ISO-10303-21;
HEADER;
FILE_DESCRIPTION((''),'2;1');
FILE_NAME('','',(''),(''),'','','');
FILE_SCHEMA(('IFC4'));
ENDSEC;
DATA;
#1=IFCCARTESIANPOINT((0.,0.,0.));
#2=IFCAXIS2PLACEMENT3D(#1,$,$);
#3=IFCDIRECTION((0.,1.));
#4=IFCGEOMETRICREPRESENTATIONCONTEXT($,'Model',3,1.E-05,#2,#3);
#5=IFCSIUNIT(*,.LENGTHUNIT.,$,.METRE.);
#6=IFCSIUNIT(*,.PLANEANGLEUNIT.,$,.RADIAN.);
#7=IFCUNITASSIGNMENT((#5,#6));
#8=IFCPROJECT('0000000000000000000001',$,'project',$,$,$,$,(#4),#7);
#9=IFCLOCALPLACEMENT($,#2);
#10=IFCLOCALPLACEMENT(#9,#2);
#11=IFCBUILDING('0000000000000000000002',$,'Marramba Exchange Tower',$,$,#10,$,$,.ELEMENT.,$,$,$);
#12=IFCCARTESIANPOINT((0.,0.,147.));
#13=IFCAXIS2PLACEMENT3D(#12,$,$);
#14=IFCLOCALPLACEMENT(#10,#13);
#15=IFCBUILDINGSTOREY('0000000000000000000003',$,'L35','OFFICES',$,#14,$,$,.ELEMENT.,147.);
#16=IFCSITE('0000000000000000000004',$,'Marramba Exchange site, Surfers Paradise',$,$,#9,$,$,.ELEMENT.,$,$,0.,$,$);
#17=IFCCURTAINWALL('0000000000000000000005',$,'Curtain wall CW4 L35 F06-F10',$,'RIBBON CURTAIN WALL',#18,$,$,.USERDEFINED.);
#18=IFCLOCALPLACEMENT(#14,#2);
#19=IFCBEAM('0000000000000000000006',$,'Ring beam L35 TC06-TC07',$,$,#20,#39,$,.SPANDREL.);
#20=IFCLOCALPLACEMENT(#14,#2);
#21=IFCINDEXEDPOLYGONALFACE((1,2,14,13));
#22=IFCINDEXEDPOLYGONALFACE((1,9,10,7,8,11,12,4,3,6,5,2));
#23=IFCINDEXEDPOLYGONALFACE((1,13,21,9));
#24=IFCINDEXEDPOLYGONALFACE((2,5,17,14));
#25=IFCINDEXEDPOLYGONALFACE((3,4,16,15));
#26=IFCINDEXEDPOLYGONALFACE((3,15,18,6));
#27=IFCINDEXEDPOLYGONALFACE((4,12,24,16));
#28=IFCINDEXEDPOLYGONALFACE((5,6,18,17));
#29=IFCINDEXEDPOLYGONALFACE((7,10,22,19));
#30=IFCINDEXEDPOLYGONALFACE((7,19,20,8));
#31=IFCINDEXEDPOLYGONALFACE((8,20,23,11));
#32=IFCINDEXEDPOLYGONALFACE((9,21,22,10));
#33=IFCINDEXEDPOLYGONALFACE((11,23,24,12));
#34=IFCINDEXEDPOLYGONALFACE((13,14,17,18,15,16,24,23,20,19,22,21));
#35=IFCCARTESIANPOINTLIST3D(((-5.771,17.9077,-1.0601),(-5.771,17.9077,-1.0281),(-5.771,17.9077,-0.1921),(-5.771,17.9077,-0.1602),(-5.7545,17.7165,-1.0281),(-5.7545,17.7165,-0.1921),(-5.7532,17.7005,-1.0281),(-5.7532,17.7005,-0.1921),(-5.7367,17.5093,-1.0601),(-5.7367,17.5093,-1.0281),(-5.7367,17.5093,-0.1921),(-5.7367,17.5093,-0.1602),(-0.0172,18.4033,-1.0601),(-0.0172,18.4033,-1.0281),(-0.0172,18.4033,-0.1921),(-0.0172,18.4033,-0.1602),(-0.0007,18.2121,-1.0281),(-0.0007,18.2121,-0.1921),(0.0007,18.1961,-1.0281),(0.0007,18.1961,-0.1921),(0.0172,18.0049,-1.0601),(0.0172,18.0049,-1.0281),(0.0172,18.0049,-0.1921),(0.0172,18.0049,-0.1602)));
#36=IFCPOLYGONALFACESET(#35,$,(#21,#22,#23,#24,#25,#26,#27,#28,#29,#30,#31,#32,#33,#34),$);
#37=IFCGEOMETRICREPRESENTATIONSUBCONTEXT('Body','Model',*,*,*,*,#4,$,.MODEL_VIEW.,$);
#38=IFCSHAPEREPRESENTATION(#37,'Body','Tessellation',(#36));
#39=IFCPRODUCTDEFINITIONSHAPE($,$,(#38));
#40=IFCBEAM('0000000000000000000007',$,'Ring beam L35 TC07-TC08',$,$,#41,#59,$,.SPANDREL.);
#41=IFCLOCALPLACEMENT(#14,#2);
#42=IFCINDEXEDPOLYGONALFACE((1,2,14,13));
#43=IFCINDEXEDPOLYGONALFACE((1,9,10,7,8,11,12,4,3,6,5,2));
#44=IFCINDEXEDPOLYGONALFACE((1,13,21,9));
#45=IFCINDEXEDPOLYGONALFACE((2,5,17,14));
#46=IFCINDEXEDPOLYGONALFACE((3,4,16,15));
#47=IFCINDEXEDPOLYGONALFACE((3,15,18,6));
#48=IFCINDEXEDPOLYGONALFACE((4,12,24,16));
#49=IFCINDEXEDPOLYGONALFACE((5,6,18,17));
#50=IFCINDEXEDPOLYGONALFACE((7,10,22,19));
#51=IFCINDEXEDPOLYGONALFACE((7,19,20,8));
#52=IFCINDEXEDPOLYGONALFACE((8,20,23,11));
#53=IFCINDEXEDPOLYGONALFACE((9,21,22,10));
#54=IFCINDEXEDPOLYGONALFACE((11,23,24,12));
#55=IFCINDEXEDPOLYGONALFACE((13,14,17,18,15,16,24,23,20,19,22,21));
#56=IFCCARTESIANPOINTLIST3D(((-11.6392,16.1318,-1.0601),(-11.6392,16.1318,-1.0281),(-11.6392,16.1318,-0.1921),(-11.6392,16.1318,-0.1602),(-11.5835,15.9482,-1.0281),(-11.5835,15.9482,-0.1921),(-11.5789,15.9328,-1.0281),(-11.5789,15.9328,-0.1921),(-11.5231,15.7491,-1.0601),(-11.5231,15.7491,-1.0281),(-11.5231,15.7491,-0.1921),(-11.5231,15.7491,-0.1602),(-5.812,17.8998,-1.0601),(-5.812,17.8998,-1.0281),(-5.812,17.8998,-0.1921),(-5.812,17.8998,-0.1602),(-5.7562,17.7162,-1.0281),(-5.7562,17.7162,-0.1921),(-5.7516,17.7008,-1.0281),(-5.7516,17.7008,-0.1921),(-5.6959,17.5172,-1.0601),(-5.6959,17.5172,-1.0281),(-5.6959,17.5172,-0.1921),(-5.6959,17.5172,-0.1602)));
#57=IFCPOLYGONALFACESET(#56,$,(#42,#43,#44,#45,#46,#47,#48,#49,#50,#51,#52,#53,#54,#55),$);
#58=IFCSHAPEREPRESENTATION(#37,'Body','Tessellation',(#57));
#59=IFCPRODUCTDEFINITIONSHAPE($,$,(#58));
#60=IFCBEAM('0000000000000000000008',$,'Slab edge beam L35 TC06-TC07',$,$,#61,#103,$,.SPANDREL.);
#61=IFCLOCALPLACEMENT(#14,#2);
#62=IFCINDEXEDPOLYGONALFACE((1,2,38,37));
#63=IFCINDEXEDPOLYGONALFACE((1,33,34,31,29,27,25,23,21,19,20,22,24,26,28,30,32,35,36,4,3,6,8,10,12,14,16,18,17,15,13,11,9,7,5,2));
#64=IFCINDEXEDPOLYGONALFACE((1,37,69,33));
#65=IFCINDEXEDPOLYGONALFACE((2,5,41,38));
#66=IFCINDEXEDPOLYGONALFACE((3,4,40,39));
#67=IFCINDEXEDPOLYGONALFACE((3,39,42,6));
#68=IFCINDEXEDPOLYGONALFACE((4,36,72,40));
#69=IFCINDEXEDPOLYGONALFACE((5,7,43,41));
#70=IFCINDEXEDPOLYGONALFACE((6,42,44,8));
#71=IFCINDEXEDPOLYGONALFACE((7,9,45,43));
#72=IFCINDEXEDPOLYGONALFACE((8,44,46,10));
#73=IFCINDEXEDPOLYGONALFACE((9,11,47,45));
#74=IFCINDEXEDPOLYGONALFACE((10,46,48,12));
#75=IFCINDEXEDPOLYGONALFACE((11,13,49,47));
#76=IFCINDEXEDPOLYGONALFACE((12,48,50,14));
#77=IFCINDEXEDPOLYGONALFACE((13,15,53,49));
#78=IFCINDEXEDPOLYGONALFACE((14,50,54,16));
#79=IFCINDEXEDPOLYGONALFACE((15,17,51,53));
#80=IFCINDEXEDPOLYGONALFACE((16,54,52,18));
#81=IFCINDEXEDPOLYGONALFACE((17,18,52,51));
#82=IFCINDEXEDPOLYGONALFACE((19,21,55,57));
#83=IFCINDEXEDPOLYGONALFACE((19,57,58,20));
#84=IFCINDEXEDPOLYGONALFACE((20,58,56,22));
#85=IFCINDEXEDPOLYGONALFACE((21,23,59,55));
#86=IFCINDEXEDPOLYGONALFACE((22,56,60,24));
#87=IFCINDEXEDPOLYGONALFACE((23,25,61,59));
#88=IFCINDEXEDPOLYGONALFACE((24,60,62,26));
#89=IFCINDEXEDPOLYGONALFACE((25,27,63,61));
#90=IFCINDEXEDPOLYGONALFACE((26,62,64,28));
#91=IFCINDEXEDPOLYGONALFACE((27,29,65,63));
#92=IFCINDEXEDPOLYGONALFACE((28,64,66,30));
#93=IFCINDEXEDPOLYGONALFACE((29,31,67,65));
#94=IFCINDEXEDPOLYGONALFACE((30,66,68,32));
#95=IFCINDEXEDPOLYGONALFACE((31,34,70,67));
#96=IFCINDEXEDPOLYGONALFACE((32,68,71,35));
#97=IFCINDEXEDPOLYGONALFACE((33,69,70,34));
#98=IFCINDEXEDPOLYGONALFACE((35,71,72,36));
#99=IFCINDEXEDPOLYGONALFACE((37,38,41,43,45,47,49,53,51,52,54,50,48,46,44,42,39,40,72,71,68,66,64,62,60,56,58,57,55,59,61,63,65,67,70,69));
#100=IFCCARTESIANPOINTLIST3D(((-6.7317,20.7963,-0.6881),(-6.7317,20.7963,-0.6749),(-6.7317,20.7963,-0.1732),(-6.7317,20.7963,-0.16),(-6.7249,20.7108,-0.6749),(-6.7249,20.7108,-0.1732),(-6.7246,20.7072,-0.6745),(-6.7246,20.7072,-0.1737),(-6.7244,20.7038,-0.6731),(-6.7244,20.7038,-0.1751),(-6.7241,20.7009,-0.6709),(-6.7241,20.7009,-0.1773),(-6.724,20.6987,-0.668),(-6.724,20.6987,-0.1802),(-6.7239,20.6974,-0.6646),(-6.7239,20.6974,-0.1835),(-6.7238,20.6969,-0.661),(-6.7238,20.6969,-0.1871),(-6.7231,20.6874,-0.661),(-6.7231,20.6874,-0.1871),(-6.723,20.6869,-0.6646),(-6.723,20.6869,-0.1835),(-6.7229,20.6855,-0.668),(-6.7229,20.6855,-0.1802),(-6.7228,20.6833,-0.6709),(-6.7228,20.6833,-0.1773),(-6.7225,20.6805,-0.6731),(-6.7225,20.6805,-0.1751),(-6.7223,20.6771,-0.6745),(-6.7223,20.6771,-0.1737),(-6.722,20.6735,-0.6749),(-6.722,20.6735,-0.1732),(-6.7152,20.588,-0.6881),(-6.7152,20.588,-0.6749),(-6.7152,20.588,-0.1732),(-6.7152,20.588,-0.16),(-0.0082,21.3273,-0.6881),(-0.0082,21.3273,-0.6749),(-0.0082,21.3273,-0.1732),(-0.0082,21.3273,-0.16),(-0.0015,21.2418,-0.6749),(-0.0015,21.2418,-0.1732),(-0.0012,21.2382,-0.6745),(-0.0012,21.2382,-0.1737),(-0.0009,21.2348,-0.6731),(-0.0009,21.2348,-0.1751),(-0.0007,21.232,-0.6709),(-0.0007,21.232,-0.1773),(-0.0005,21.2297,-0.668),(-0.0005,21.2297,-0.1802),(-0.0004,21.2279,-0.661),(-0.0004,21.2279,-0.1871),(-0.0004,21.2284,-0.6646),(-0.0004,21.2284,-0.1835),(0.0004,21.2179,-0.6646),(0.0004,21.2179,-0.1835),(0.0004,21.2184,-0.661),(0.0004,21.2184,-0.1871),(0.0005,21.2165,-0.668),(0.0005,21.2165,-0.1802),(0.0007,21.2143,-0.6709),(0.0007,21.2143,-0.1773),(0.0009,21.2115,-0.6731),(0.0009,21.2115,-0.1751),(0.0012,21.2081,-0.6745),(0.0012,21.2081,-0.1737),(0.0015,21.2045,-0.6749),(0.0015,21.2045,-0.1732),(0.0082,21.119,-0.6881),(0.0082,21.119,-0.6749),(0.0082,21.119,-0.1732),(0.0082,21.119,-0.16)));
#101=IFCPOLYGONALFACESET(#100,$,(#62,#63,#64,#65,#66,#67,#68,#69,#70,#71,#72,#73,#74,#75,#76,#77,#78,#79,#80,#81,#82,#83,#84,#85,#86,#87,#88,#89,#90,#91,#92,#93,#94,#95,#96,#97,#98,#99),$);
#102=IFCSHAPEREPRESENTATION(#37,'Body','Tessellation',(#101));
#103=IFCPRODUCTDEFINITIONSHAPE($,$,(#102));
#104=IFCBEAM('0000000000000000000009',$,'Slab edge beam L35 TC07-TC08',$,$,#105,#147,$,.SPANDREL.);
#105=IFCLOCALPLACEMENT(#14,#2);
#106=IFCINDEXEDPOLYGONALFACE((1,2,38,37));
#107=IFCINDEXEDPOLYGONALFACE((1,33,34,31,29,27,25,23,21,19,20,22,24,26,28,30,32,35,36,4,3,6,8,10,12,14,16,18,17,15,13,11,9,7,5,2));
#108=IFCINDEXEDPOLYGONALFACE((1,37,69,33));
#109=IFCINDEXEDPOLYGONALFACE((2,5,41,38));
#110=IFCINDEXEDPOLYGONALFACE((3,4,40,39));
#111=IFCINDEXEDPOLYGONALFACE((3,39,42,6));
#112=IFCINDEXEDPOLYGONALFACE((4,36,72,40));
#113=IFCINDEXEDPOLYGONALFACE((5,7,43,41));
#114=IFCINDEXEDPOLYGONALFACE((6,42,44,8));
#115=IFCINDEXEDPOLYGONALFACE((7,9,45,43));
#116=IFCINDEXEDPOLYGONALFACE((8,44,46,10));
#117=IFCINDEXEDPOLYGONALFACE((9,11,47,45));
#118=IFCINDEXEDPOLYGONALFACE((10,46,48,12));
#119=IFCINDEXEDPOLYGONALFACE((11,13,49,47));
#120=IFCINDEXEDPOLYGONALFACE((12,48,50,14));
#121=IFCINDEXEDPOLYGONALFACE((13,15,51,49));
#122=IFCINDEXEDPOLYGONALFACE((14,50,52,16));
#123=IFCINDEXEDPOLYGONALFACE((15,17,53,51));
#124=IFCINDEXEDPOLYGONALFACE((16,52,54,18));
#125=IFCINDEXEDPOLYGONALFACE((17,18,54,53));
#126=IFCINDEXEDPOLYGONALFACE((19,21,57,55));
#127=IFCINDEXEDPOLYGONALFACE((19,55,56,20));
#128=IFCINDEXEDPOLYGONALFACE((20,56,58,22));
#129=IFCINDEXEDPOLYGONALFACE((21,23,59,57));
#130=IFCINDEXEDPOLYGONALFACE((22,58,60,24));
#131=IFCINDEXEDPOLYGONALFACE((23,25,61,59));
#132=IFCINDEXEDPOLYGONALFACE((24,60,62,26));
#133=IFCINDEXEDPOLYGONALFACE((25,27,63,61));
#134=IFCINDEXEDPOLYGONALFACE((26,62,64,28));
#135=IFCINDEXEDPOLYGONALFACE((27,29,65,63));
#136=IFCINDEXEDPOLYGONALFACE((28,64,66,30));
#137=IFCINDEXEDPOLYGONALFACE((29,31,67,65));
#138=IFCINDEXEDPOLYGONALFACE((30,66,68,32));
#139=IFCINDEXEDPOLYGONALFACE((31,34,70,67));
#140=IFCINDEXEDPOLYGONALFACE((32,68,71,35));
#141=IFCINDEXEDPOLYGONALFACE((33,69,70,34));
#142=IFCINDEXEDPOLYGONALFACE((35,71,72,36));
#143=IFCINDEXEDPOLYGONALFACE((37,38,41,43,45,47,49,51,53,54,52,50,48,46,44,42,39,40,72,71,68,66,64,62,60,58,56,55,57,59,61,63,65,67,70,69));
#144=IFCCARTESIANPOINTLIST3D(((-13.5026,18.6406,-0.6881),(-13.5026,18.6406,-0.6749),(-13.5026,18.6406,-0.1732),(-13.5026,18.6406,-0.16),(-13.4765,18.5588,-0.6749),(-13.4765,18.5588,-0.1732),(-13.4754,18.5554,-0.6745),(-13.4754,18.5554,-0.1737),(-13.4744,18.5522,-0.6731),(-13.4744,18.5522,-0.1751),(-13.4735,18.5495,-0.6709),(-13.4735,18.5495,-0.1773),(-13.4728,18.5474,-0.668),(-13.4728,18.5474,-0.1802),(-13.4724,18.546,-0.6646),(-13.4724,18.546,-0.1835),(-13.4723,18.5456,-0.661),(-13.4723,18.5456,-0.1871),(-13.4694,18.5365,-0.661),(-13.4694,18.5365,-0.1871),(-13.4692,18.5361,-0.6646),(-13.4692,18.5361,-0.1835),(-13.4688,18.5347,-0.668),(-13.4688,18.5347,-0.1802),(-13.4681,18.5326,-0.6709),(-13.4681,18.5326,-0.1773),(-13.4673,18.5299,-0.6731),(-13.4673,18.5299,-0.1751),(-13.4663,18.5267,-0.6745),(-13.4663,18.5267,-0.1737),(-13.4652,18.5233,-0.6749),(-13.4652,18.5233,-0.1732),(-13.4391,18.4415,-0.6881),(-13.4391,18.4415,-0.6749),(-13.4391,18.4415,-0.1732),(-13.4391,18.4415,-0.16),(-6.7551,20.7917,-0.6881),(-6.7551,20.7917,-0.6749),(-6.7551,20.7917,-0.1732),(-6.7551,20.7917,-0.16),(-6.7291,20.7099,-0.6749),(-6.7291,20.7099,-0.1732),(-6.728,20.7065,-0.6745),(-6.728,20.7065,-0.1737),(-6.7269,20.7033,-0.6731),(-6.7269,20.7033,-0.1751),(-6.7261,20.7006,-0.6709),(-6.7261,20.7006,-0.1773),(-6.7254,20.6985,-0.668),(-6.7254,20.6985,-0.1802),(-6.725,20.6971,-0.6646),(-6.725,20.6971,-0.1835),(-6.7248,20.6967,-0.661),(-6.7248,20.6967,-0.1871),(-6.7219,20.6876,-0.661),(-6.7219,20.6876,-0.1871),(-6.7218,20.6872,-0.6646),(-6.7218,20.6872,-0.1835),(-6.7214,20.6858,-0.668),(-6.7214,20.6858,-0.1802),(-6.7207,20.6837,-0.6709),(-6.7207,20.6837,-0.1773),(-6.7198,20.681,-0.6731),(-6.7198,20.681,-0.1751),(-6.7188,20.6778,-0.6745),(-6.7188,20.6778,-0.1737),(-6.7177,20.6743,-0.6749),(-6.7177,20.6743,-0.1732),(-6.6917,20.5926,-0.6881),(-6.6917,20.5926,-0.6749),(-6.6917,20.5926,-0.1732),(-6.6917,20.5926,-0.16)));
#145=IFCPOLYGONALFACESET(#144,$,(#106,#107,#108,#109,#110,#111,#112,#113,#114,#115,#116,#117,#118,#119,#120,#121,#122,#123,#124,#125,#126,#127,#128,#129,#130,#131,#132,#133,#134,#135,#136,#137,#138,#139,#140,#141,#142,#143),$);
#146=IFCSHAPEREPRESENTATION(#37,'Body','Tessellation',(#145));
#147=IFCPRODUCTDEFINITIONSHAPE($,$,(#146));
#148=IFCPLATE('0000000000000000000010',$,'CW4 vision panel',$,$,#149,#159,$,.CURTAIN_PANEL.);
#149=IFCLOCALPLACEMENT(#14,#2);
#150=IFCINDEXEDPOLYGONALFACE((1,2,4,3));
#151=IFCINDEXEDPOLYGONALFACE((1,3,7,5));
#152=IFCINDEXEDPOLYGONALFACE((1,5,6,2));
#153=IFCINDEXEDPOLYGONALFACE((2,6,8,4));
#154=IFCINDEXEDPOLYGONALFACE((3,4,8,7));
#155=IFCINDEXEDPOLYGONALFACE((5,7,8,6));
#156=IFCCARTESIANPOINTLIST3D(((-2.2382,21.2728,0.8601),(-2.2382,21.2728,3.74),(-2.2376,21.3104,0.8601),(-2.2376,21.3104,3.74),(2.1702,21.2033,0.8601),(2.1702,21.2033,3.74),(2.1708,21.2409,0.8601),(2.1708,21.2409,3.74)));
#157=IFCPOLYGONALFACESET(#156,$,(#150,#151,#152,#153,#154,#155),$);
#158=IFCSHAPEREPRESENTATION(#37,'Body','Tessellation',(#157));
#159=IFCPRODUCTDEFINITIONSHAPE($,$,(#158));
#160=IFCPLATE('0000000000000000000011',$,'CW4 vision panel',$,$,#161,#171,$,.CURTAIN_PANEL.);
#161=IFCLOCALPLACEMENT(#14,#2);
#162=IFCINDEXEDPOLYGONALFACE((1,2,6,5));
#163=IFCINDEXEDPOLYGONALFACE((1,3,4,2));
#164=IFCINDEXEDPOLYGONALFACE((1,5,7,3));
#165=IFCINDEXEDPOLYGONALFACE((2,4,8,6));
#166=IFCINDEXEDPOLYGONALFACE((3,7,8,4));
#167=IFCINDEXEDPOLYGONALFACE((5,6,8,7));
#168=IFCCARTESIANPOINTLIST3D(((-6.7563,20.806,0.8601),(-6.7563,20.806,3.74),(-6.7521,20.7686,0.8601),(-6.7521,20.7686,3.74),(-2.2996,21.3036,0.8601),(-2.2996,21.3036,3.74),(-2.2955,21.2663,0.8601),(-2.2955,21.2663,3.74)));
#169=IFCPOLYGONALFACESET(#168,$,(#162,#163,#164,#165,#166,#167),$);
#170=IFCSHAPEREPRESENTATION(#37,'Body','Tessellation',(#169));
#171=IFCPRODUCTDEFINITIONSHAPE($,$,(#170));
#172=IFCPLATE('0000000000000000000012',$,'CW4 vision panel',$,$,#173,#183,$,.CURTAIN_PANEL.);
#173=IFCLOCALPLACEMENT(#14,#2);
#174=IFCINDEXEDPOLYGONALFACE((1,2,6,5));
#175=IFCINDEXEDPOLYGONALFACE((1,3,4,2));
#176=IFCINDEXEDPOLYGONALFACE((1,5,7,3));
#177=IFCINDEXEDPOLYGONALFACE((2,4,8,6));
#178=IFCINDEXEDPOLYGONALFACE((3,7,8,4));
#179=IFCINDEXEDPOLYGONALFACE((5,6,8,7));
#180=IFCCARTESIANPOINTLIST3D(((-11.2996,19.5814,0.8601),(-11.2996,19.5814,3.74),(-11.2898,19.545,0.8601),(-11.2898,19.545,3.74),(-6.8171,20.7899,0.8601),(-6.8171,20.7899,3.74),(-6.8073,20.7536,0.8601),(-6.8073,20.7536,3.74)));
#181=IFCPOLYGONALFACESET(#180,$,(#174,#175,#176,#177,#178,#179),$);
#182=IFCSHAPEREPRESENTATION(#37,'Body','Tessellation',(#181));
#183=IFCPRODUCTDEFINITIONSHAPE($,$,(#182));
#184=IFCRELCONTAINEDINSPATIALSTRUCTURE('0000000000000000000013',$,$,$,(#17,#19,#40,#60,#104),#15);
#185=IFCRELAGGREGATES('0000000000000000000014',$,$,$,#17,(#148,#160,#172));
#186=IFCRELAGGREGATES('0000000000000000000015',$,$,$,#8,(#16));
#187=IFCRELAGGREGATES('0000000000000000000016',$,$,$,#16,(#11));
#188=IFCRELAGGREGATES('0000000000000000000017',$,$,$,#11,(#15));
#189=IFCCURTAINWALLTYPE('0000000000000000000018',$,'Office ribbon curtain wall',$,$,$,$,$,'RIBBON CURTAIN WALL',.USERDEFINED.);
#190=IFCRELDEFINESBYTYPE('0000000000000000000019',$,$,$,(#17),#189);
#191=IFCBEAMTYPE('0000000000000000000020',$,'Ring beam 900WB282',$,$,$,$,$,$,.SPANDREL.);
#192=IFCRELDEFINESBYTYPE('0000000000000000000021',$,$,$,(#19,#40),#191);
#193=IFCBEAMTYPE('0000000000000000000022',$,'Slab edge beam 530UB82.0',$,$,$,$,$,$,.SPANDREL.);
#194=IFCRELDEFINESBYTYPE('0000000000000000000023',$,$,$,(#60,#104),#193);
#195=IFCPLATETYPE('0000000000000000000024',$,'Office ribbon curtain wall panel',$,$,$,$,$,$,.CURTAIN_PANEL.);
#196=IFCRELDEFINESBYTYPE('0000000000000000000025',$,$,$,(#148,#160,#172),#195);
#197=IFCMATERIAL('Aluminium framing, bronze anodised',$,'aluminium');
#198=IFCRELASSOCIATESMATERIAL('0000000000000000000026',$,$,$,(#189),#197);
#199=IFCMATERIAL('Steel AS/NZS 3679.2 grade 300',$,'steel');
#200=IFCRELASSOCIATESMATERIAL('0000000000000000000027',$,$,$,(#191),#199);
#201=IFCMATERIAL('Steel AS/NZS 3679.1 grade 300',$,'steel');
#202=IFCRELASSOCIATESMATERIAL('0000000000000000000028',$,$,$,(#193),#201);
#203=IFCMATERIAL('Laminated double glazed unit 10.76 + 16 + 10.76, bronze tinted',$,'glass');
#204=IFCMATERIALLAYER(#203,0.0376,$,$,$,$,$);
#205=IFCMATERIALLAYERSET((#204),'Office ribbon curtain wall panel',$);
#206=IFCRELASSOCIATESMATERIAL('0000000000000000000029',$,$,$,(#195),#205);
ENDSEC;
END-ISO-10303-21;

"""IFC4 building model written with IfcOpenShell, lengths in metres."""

from ifc_helpers import new_model, si_unit, direction, frame, origin, origin_2d, place, context, subcontext, project, spatial, rectangle, i_section, extrude, material, layer, layer_set, material_profile, profile_set, type_object, element, aggregate, save


model = new_model("IFC4")

# Units and contexts
model_context = context("Model", 3, precision=1e-05, world=origin(), true_north=direction((0.0, 1.0)))
body_context = subcontext(model_context, "Body", "Model", "MODEL_VIEW")
ifc_project = project(units=[si_unit("LENGTHUNIT", "METRE"), si_unit("PLANEANGLEUNIT", "RADIAN")], contexts=[model_context])

# Site, building, storey
site_placement = place(None, origin())
site = spatial("IfcSite", under=ifc_project, at=site_placement, Name="Marramba Exchange site, Surfers Paradise", CompositionType="ELEMENT", RefElevation=0.0)
building_placement = place(site_placement, origin())
building = spatial("IfcBuilding", under=site, at=building_placement, Name="Marramba Exchange Tower", CompositionType="ELEMENT")
storey_placement = place(building_placement, frame((0.0, 0.0, 147.0)))
storey = spatial("IfcBuildingStorey", under=building, at=storey_placement, Name="L35", Description="OFFICES", CompositionType="ELEMENT", Elevation=147.0)

# Shared definitions
ifc_material_1 = material(Name="Steel AS/NZS 3679.2 grade 300", Category="steel")

# Curtain wall
ifc_material_2 = material(Name="Aluminium framing, bronze anodised", Category="aluminium")
curtain_wall_type = type_object("IfcCurtainWallType", Name="Office ribbon curtain wall", ElementType="RIBBON CURTAIN WALL", PredefinedType="USERDEFINED", material=ifc_material_2)
curtain_wall_1_placement = place(storey_placement, origin())
curtain_wall_1 = element("IfcCurtainWall", 1, at=curtain_wall_1_placement, inside=storey, type_object=curtain_wall_type, Name="Curtain wall CW4 L35 F06-F10", ObjectType="RIBBON CURTAIN WALL", PredefinedType="USERDEFINED")

# Beams
ifc_material_profile_1 = material_profile(ifc_material_1, i_section(OverallWidth=0.3999, OverallDepth=0.8999, WebThickness=0.0161, FlangeThickness=0.032, at=origin_2d()), Name="900WB282")
ifc_profile_set_1 = profile_set([ifc_material_profile_1], Name="Steel AS/NZS 3679.2 grade 300")
beam_type_1 = type_object("IfcBeamType", Name="Ring beam 900WB282", PredefinedType="SPANDREL", material=ifc_profile_set_1)
beam_1_placement = place(storey_placement, frame((0.0, 18.2041, -0.6101), z_axis=(-0.996311, -0.085816, 0.0), x_axis=(0.085816, -0.996311, 0.0)))
element("IfcBeam", 2, at=beam_1_placement, inside=storey, type_object=beam_type_1, Name="Ring beam L35 TC06-TC07", PredefinedType="SPANDREL", context=body_context, shape_type="SweptSolid", body=[
    extrude(i_section(OverallWidth=0.3999, OverallDepth=0.8999, WebThickness=0.0161, FlangeThickness=0.032, at=origin_2d()), origin(), (0.0, 0.0, 1.0), 5.7751),
])
beam_2_placement = place(storey_placement, frame((-5.7539, 17.7085, -0.6101), z_axis=(-0.956925, -0.290337, 0.0), x_axis=(0.290337, -0.956925, 0.0)))
element("IfcBeam", 3, at=beam_2_placement, inside=storey, type_object=beam_type_1, Name="Ring beam L35 TC07-TC08", PredefinedType="SPANDREL", context=body_context, shape_type="SweptSolid", body=[
    extrude(i_section(OverallWidth=0.3999, OverallDepth=0.8999, WebThickness=0.0161, FlangeThickness=0.032, at=origin_2d()), origin(), (0.0, 0.0, 1.0), 6.0896),
])
ifc_material_3 = material(Name="Steel AS/NZS 3679.1 grade 300", Category="steel")
ifc_material_profile_2 = material_profile(ifc_material_3, i_section(OverallWidth=0.209, OverallDepth=0.5281, WebThickness=0.0095, FlangeThickness=0.0132, FilletRadius=0.0139, at=origin_2d()), Name="530UB82.0")
ifc_profile_set_2 = profile_set([ifc_material_profile_2], Name="Steel AS/NZS 3679.1 grade 300")
beam_type_2 = type_object("IfcBeamType", Name="Slab edge beam 530UB82.0", PredefinedType="SPANDREL", material=ifc_profile_set_2)
beam_3_placement = place(storey_placement, frame((0.0, 21.2231, -0.4241), z_axis=(-0.996896, -0.078734, 0.0), x_axis=(0.078734, -0.996896, 0.0)))
element("IfcBeam", 4, at=beam_3_placement, inside=storey, type_object=beam_type_2, Name="Slab edge beam L35 TC06-TC07", PredefinedType="SPANDREL", context=body_context, shape_type="SweptSolid", body=[
    extrude(i_section(OverallWidth=0.209, OverallDepth=0.5281, WebThickness=0.0095, FlangeThickness=0.0132, FilletRadius=0.0139, at=origin_2d()), origin(), (0.0, 0.0, 1.0), 6.7444),
])
beam_4_placement = place(storey_placement, frame((-6.7234, 20.6921, -0.4241), z_axis=(-0.952755, -0.303739, 0.0), x_axis=(0.303739, -0.952755, 0.0)))
element("IfcBeam", 5, at=beam_4_placement, inside=storey, type_object=beam_type_2, Name="Slab edge beam L35 TC07-TC08", PredefinedType="SPANDREL", context=body_context, shape_type="SweptSolid", body=[
    extrude(i_section(OverallWidth=0.209, OverallDepth=0.5281, WebThickness=0.0095, FlangeThickness=0.0132, FilletRadius=0.0139, at=origin_2d()), origin(), (0.0, 0.0, 1.0), 7.082),
])

# Plates
ifc_material_4 = material(Name="Laminated double glazed unit 10.76 + 16 + 10.76, bronze tinted", Category="glass")
ifc_layer_1 = layer(ifc_material_4, 0.0376)
ifc_layer_set_1 = layer_set([ifc_layer_1], Name="Office ribbon curtain wall panel")
plate_type = type_object("IfcPlateType", Name="Office ribbon curtain wall panel", PredefinedType="CURTAIN_PANEL", material=ifc_layer_set_1)
plate_1_placement = place(storey_placement, frame((-0.0337, 21.2568, 0.8601), z_axis=(0.0, 0.0, 1.0), x_axis=(-0.999876, 0.015756, 0.0)))
plate_1 = element("IfcPlate", 6, at=plate_1_placement, type_object=plate_type, Name="CW4 vision panel", PredefinedType="CURTAIN_PANEL", context=body_context, shape_type="SweptSolid", body=[
    extrude(rectangle(XDim=4.4089, YDim=0.0376, at=origin_2d()), origin(), (0.0, 0.0, 1.0), 2.8799),
])
plate_2_placement = place(storey_placement, frame((-4.5259, 21.0361, 0.8601), z_axis=(0.0, 0.0, 1.0), x_axis=(-0.993823, -0.110973, 0.0)))
plate_2 = element("IfcPlate", 7, at=plate_2_placement, type_object=plate_type, Name="CW4 vision panel", PredefinedType="CURTAIN_PANEL", context=body_context, shape_type="SweptSolid", body=[
    extrude(rectangle(XDim=4.4844, YDim=0.0376, at=origin_2d()), origin(), (0.0, 0.0, 1.0), 2.8799),
])
plate_3_placement = place(storey_placement, frame((-9.0535, 20.1675, 0.8601), z_axis=(0.0, 0.0, 1.0), x_axis=(-0.965522, -0.260321, 0.0)))
plate_3 = element("IfcPlate", 8, at=plate_3_placement, type_object=plate_type, Name="CW4 vision panel", PredefinedType="CURTAIN_PANEL", context=body_context, shape_type="SweptSolid", body=[
    extrude(rectangle(XDim=4.6426, YDim=0.0376, at=origin_2d()), origin(), (0.0, 0.0, 1.0), 2.8799),
])
aggregate(curtain_wall_1, [plate_1, plate_2, plate_3])

save(model, "model.ifc")
